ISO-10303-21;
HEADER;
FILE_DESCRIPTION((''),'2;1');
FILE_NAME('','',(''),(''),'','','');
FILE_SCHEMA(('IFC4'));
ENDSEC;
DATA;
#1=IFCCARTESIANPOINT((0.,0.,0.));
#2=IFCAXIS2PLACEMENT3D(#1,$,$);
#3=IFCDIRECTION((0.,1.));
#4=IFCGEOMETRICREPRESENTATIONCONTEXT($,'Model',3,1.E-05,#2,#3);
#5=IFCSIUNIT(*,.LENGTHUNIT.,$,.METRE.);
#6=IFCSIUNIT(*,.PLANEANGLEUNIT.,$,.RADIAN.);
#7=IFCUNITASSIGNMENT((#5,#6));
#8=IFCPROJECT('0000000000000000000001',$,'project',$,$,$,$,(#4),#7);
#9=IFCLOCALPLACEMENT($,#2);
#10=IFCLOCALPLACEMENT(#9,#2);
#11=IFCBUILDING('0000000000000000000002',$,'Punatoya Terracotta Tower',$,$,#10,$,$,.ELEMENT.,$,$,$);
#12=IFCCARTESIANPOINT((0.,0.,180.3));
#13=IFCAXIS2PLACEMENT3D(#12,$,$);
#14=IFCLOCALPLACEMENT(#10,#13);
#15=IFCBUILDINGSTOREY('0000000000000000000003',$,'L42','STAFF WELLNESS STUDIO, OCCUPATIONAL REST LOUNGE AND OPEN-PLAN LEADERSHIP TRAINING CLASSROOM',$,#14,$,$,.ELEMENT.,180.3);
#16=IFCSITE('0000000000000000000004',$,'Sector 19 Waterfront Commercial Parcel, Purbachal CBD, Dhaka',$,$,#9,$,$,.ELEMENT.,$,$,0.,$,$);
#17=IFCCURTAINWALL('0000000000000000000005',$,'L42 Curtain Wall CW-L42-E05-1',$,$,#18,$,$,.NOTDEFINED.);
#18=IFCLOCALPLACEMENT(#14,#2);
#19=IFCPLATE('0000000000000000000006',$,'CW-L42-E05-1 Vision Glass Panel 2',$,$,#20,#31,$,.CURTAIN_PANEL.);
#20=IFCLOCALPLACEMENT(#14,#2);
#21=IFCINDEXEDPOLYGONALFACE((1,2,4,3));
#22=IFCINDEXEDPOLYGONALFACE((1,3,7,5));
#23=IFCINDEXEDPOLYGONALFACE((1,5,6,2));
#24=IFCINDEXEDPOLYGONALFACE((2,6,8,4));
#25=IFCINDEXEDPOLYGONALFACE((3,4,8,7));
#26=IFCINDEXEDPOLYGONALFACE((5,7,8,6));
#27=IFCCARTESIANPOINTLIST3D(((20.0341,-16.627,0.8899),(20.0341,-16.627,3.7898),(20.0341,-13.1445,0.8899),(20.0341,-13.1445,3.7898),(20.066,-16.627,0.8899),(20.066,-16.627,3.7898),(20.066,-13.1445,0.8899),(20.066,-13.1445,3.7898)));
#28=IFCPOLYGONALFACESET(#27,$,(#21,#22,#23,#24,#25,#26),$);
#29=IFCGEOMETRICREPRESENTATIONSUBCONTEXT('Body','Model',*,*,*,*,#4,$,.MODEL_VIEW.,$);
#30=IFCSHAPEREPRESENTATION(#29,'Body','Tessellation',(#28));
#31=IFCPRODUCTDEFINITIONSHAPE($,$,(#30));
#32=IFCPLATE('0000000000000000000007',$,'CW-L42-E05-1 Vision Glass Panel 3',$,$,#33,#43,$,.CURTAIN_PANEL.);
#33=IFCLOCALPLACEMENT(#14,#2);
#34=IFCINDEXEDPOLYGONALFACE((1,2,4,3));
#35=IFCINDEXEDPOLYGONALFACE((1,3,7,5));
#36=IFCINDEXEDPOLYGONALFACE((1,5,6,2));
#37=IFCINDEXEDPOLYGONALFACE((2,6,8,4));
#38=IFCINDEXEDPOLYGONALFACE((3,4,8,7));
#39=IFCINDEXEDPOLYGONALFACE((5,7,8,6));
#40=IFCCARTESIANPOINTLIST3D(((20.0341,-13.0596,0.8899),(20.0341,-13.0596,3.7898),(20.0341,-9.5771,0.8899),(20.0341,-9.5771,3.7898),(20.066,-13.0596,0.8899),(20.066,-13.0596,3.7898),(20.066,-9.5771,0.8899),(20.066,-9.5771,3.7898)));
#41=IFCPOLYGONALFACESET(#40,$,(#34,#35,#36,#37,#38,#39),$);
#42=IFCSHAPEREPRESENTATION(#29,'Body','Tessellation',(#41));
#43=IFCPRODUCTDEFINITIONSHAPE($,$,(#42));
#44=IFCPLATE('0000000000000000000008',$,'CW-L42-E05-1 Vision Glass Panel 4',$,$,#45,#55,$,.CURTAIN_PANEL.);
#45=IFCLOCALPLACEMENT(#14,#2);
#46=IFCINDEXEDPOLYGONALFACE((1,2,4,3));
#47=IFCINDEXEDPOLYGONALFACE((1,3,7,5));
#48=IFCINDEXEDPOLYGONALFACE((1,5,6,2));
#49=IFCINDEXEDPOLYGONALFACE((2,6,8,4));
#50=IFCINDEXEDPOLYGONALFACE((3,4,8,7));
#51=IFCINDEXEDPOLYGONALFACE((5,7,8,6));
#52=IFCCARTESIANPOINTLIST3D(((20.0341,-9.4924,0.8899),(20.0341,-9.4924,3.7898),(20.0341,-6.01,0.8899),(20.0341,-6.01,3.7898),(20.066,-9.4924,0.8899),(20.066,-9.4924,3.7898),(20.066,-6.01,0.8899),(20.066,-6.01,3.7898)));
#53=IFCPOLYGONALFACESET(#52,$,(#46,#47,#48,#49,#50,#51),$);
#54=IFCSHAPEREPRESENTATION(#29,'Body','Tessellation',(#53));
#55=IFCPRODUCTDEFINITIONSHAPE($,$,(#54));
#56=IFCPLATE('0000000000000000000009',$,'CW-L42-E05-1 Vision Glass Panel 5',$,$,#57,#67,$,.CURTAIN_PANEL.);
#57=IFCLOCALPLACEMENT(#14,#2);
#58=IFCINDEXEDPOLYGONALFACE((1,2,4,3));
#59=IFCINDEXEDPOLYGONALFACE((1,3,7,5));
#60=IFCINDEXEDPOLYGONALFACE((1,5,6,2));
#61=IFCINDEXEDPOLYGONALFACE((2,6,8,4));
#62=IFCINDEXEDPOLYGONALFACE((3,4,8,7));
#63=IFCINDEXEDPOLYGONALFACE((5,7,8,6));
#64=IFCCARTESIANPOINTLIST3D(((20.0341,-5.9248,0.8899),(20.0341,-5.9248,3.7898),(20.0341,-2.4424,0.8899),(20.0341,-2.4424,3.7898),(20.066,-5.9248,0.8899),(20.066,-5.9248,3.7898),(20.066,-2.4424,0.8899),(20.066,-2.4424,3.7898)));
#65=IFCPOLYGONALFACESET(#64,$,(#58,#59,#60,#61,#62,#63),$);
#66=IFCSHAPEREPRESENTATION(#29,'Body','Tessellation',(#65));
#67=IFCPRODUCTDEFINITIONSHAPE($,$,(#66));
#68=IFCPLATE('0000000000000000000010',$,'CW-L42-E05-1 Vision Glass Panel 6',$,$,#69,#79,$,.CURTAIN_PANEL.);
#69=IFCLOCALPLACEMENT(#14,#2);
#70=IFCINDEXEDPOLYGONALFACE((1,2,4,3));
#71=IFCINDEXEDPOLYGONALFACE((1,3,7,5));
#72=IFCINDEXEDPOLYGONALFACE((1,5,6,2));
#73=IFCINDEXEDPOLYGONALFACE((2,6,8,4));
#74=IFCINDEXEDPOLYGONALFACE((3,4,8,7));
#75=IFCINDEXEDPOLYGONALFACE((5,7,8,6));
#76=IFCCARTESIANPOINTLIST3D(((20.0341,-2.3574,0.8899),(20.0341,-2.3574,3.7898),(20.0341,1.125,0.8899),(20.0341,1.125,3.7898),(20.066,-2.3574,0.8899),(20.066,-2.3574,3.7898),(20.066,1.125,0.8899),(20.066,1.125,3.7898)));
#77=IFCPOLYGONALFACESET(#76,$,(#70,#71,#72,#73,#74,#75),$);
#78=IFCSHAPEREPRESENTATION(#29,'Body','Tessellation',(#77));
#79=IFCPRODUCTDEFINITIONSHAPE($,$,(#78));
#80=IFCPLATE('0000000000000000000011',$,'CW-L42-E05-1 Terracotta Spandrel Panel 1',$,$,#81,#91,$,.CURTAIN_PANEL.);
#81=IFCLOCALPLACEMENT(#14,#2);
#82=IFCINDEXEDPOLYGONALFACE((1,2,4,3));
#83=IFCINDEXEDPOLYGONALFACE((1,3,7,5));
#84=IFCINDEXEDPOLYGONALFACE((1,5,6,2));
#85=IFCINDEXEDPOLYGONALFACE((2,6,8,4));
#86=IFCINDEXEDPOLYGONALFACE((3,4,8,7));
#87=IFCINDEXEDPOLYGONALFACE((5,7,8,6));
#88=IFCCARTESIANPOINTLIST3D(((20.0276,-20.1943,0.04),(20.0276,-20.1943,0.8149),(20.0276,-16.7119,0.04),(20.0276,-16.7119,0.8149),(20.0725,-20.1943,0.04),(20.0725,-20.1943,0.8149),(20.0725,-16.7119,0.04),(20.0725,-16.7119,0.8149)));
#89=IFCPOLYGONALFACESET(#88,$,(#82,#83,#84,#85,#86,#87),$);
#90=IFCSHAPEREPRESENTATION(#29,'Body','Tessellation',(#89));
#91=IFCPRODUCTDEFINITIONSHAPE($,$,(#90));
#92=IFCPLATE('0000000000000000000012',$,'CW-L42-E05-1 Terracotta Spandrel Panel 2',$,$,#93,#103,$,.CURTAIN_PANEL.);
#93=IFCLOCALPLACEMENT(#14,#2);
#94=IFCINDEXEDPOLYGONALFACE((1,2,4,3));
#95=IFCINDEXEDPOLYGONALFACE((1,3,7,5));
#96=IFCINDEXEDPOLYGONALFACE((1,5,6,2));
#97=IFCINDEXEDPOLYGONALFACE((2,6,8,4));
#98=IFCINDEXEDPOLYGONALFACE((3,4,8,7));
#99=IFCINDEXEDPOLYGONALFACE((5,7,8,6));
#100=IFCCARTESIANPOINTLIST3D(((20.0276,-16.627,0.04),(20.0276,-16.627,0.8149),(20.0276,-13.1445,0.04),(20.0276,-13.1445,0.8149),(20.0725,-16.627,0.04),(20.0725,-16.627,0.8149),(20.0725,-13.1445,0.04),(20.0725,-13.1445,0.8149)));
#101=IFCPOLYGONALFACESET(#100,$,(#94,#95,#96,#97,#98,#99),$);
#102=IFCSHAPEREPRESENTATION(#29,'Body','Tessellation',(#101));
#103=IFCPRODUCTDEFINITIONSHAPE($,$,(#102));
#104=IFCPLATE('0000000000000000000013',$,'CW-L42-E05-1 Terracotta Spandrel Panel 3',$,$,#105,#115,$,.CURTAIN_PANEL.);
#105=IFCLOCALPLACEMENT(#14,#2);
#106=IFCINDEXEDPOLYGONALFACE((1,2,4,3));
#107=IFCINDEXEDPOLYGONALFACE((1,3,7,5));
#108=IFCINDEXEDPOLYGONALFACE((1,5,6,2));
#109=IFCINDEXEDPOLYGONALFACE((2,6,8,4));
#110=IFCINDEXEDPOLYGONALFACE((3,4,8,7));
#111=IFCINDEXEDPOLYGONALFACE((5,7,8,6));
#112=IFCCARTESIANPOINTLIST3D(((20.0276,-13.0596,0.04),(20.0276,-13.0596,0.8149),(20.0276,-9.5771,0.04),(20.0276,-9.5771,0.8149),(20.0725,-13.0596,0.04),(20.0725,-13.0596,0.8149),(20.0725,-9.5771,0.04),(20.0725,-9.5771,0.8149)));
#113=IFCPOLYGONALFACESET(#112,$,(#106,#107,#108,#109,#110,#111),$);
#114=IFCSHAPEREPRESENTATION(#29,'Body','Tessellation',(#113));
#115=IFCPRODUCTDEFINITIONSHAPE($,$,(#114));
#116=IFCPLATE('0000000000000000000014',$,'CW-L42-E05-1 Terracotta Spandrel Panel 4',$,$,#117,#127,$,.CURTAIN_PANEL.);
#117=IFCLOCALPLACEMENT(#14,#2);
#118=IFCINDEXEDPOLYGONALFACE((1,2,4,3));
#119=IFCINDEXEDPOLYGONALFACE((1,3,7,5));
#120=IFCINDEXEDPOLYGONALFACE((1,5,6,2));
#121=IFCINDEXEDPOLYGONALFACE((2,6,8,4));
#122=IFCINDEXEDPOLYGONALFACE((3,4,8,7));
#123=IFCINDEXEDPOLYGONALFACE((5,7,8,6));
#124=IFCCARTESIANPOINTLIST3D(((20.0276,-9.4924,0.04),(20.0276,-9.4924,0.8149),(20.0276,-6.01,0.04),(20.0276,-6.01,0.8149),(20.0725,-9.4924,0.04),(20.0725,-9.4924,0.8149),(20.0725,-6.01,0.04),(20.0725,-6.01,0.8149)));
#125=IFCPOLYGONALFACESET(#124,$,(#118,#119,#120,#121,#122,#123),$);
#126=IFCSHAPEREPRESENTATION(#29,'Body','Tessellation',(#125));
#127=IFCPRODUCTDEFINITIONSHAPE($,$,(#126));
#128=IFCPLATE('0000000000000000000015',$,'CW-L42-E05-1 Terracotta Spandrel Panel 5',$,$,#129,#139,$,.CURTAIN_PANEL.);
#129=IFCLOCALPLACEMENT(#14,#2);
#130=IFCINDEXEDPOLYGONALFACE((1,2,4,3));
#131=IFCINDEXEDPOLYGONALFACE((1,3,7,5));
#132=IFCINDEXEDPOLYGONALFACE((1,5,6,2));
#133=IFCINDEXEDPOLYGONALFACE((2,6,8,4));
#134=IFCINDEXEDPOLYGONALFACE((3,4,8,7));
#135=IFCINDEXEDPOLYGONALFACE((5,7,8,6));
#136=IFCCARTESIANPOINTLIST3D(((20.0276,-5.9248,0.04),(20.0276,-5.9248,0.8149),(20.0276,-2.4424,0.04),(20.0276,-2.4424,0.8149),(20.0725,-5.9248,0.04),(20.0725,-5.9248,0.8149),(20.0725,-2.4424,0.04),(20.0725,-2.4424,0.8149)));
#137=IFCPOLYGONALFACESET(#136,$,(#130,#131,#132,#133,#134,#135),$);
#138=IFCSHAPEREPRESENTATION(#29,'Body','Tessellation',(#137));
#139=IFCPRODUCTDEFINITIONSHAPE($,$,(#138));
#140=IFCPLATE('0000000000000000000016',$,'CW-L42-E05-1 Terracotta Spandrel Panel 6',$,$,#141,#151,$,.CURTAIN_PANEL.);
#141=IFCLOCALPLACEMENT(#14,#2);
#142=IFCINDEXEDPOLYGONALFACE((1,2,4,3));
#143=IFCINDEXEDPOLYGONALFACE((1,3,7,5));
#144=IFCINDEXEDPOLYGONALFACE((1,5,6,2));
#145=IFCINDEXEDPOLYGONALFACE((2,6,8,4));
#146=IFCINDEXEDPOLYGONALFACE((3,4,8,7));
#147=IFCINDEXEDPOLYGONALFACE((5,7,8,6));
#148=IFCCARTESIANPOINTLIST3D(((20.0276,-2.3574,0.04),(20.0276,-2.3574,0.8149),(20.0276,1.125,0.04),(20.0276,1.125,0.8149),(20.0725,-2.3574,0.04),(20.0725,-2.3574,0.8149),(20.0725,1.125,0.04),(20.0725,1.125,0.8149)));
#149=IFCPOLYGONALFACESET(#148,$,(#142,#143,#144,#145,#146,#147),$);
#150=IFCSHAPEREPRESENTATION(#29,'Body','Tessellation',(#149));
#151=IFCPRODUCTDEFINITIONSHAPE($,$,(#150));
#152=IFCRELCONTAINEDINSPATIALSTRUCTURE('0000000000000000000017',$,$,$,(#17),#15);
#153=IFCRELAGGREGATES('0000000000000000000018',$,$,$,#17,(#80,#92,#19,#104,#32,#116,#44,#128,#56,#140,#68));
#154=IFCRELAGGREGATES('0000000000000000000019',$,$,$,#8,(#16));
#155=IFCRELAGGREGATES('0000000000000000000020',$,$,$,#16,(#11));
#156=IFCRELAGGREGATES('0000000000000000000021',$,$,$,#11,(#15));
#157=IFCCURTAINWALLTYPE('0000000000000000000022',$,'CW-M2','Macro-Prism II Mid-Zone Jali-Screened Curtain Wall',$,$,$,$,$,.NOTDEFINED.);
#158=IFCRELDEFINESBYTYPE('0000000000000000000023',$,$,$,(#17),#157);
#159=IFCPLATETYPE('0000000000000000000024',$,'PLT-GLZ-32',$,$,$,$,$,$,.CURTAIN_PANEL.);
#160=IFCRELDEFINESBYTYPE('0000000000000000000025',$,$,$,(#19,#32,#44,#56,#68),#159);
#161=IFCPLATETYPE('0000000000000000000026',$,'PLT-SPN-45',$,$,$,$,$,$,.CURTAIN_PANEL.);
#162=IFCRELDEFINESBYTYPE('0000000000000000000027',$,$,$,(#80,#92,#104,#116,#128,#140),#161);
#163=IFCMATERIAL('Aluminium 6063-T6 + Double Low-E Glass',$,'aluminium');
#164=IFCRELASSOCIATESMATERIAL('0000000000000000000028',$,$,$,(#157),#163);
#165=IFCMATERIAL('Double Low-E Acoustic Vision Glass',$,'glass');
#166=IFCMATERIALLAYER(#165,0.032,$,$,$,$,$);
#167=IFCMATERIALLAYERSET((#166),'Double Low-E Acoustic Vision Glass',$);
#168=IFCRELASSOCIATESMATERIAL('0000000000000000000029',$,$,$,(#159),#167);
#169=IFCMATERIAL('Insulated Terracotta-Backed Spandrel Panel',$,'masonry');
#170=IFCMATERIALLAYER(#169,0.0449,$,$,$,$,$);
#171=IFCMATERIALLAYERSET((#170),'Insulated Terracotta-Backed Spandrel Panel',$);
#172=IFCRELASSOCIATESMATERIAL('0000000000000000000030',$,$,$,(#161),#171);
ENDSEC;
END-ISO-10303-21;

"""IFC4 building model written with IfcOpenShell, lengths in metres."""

from ifc_helpers import new_model, si_unit, direction, frame, origin, origin_2d, place, context, subcontext, project, spatial, rectangle, extrude, material, layer, layer_set, type_object, element, aggregate, save


model = new_model("IFC4")

# Units and contexts
model_context = context("Model", 3, precision=1e-05, world=origin(), true_north=direction((0.0, 1.0)))
body_context = subcontext(model_context, "Body", "Model", "MODEL_VIEW")
ifc_project = project(units=[si_unit("LENGTHUNIT", "METRE"), si_unit("PLANEANGLEUNIT", "RADIAN")], contexts=[model_context])

# Site, building, storey
site_placement = place(None, origin())
site = spatial("IfcSite", under=ifc_project, at=site_placement, Name="Sector 19 Waterfront Commercial Parcel, Purbachal CBD, Dhaka", CompositionType="ELEMENT", RefElevation=0.0)
building_placement = place(site_placement, origin())
building = spatial("IfcBuilding", under=site, at=building_placement, Name="Punatoya Terracotta Tower", CompositionType="ELEMENT")
storey_placement = place(building_placement, frame((0.0, 0.0, 180.3)))
storey = spatial("IfcBuildingStorey", under=building, at=storey_placement, Name="L42", Description="STAFF WELLNESS STUDIO, OCCUPATIONAL REST LOUNGE AND OPEN-PLAN LEADERSHIP TRAINING CLASSROOM", CompositionType="ELEMENT", Elevation=180.3)

# Shared definitions
ifc_material_1 = material(Name="Aluminium 6063-T6 + Double Low-E Glass", Category="aluminium")
curtain_wall_type = type_object("IfcCurtainWallType", Name="CW-M2", Description="Macro-Prism II Mid-Zone Jali-Screened Curtain Wall", PredefinedType="NOTDEFINED", material=ifc_material_1)

# Curtain wall, plates
curtain_wall_1_placement = place(storey_placement, origin())
curtain_wall_1 = element("IfcCurtainWall", 1, at=curtain_wall_1_placement, inside=storey, type_object=curtain_wall_type, Name="L42 Curtain Wall CW-L42-E05-1", PredefinedType="NOTDEFINED")
ifc_material_2 = material(Name="Double Low-E Acoustic Vision Glass", Category="glass")
ifc_layer_1 = layer(ifc_material_2, 0.032)
ifc_layer_set_1 = layer_set([ifc_layer_1], Name="Double Low-E Acoustic Vision Glass")
plate_type_1 = type_object("IfcPlateType", Name="PLT-GLZ-32", PredefinedType="CURTAIN_PANEL", material=ifc_layer_set_1)
plate_1_placement = place(storey_placement, frame((20.05, -14.8857, 0.8899), z_axis=(0.0, 0.0, 1.0), x_axis=(0.0, 1.0, 0.0)))
plate_1 = element("IfcPlate", 2, at=plate_1_placement, type_object=plate_type_1, Name="CW-L42-E05-1 Vision Glass Panel 2", PredefinedType="CURTAIN_PANEL", context=body_context, shape_type="SweptSolid", body=[
    extrude(rectangle(XDim=3.4824, YDim=0.032, at=origin_2d()), origin(), (0.0, 0.0, 1.0), 2.8999),
])
plate_2_placement = place(storey_placement, frame((20.05, -11.3184, 0.8899), z_axis=(0.0, 0.0, 1.0), x_axis=(0.0, 1.0, 0.0)))
plate_2 = element("IfcPlate", 3, at=plate_2_placement, type_object=plate_type_1, Name="CW-L42-E05-1 Vision Glass Panel 3", PredefinedType="CURTAIN_PANEL", context=body_context, shape_type="SweptSolid", body=[
    extrude(rectangle(XDim=3.4824, YDim=0.032, at=origin_2d()), origin(), (0.0, 0.0, 1.0), 2.8999),
])
plate_3_placement = place(storey_placement, frame((20.05, -7.7512, 0.8899), z_axis=(0.0, 0.0, 1.0), x_axis=(0.0, 1.0, 0.0)))
plate_3 = element("IfcPlate", 4, at=plate_3_placement, type_object=plate_type_1, Name="CW-L42-E05-1 Vision Glass Panel 4", PredefinedType="CURTAIN_PANEL", context=body_context, shape_type="SweptSolid", body=[
    extrude(rectangle(XDim=3.4824, YDim=0.032, at=origin_2d()), origin(), (0.0, 0.0, 1.0), 2.8999),
])
plate_4_placement = place(storey_placement, frame((20.05, -4.1836, 0.8899), z_axis=(0.0, 0.0, 1.0), x_axis=(0.0, 1.0, 0.0)))
plate_4 = element("IfcPlate", 5, at=plate_4_placement, type_object=plate_type_1, Name="CW-L42-E05-1 Vision Glass Panel 5", PredefinedType="CURTAIN_PANEL", context=body_context, shape_type="SweptSolid", body=[
    extrude(rectangle(XDim=3.4824, YDim=0.032, at=origin_2d()), origin(), (0.0, 0.0, 1.0), 2.8999),
])
plate_5_placement = place(storey_placement, frame((20.05, -0.6162, 0.8899), z_axis=(0.0, 0.0, 1.0), x_axis=(0.0, 1.0, 0.0)))
plate_5 = element("IfcPlate", 6, at=plate_5_placement, type_object=plate_type_1, Name="CW-L42-E05-1 Vision Glass Panel 6", PredefinedType="CURTAIN_PANEL", context=body_context, shape_type="SweptSolid", body=[
    extrude(rectangle(XDim=3.4824, YDim=0.032, at=origin_2d()), origin(), (0.0, 0.0, 1.0), 2.8999),
])
ifc_material_3 = material(Name="Insulated Terracotta-Backed Spandrel Panel", Category="masonry")
ifc_layer_2 = layer(ifc_material_3, 0.0449)
ifc_layer_set_2 = layer_set([ifc_layer_2], Name="Insulated Terracotta-Backed Spandrel Panel")
plate_type_2 = type_object("IfcPlateType", Name="PLT-SPN-45", PredefinedType="CURTAIN_PANEL", material=ifc_layer_set_2)
plate_6_placement = place(storey_placement, frame((20.05, -18.4531, 0.04), z_axis=(0.0, 0.0, 1.0), x_axis=(0.0, 1.0, 0.0)))
plate_6 = element("IfcPlate", 7, at=plate_6_placement, type_object=plate_type_2, Name="CW-L42-E05-1 Terracotta Spandrel Panel 1", PredefinedType="CURTAIN_PANEL", context=body_context, shape_type="SweptSolid", body=[
    extrude(rectangle(XDim=3.4824, YDim=0.0449, at=origin_2d()), origin(), (0.0, 0.0, 1.0), 0.7749),
])
plate_7_placement = place(storey_placement, frame((20.05, -14.8857, 0.04), z_axis=(0.0, 0.0, 1.0), x_axis=(0.0, 1.0, 0.0)))
plate_7 = element("IfcPlate", 8, at=plate_7_placement, type_object=plate_type_2, Name="CW-L42-E05-1 Terracotta Spandrel Panel 2", PredefinedType="CURTAIN_PANEL", context=body_context, shape_type="SweptSolid", body=[
    extrude(rectangle(XDim=3.4824, YDim=0.0449, at=origin_2d()), origin(), (0.0, 0.0, 1.0), 0.7749),
])
plate_8_placement = place(storey_placement, frame((20.05, -11.3184, 0.04), z_axis=(0.0, 0.0, 1.0), x_axis=(0.0, 1.0, 0.0)))
plate_8 = element("IfcPlate", 9, at=plate_8_placement, type_object=plate_type_2, Name="CW-L42-E05-1 Terracotta Spandrel Panel 3", PredefinedType="CURTAIN_PANEL", context=body_context, shape_type="SweptSolid", body=[
    extrude(rectangle(XDim=3.4824, YDim=0.0449, at=origin_2d()), origin(), (0.0, 0.0, 1.0), 0.7749),
])
plate_9_placement = place(storey_placement, frame((20.05, -7.7512, 0.04), z_axis=(0.0, 0.0, 1.0), x_axis=(0.0, 1.0, 0.0)))
plate_9 = element("IfcPlate", 10, at=plate_9_placement, type_object=plate_type_2, Name="CW-L42-E05-1 Terracotta Spandrel Panel 4", PredefinedType="CURTAIN_PANEL", context=body_context, shape_type="SweptSolid", body=[
    extrude(rectangle(XDim=3.4824, YDim=0.0449, at=origin_2d()), origin(), (0.0, 0.0, 1.0), 0.7749),
])
plate_10_placement = place(storey_placement, frame((20.05, -4.1836, 0.04), z_axis=(0.0, 0.0, 1.0), x_axis=(0.0, 1.0, 0.0)))
plate_10 = element("IfcPlate", 11, at=plate_10_placement, type_object=plate_type_2, Name="CW-L42-E05-1 Terracotta Spandrel Panel 5", PredefinedType="CURTAIN_PANEL", context=body_context, shape_type="SweptSolid", body=[
    extrude(rectangle(XDim=3.4824, YDim=0.0449, at=origin_2d()), origin(), (0.0, 0.0, 1.0), 0.7749),
])
plate_11_placement = place(storey_placement, frame((20.05, -0.6162, 0.04), z_axis=(0.0, 0.0, 1.0), x_axis=(0.0, 1.0, 0.0)))
plate_11 = element("IfcPlate", 12, at=plate_11_placement, type_object=plate_type_2, Name="CW-L42-E05-1 Terracotta Spandrel Panel 6", PredefinedType="CURTAIN_PANEL", context=body_context, shape_type="SweptSolid", body=[
    extrude(rectangle(XDim=3.4824, YDim=0.0449, at=origin_2d()), origin(), (0.0, 0.0, 1.0), 0.7749),
])
aggregate(curtain_wall_1, [plate_6, plate_7, plate_1, plate_8, plate_2, plate_9, plate_3, plate_10, plate_4, plate_11, plate_5])

save(model, "model.ifc")
